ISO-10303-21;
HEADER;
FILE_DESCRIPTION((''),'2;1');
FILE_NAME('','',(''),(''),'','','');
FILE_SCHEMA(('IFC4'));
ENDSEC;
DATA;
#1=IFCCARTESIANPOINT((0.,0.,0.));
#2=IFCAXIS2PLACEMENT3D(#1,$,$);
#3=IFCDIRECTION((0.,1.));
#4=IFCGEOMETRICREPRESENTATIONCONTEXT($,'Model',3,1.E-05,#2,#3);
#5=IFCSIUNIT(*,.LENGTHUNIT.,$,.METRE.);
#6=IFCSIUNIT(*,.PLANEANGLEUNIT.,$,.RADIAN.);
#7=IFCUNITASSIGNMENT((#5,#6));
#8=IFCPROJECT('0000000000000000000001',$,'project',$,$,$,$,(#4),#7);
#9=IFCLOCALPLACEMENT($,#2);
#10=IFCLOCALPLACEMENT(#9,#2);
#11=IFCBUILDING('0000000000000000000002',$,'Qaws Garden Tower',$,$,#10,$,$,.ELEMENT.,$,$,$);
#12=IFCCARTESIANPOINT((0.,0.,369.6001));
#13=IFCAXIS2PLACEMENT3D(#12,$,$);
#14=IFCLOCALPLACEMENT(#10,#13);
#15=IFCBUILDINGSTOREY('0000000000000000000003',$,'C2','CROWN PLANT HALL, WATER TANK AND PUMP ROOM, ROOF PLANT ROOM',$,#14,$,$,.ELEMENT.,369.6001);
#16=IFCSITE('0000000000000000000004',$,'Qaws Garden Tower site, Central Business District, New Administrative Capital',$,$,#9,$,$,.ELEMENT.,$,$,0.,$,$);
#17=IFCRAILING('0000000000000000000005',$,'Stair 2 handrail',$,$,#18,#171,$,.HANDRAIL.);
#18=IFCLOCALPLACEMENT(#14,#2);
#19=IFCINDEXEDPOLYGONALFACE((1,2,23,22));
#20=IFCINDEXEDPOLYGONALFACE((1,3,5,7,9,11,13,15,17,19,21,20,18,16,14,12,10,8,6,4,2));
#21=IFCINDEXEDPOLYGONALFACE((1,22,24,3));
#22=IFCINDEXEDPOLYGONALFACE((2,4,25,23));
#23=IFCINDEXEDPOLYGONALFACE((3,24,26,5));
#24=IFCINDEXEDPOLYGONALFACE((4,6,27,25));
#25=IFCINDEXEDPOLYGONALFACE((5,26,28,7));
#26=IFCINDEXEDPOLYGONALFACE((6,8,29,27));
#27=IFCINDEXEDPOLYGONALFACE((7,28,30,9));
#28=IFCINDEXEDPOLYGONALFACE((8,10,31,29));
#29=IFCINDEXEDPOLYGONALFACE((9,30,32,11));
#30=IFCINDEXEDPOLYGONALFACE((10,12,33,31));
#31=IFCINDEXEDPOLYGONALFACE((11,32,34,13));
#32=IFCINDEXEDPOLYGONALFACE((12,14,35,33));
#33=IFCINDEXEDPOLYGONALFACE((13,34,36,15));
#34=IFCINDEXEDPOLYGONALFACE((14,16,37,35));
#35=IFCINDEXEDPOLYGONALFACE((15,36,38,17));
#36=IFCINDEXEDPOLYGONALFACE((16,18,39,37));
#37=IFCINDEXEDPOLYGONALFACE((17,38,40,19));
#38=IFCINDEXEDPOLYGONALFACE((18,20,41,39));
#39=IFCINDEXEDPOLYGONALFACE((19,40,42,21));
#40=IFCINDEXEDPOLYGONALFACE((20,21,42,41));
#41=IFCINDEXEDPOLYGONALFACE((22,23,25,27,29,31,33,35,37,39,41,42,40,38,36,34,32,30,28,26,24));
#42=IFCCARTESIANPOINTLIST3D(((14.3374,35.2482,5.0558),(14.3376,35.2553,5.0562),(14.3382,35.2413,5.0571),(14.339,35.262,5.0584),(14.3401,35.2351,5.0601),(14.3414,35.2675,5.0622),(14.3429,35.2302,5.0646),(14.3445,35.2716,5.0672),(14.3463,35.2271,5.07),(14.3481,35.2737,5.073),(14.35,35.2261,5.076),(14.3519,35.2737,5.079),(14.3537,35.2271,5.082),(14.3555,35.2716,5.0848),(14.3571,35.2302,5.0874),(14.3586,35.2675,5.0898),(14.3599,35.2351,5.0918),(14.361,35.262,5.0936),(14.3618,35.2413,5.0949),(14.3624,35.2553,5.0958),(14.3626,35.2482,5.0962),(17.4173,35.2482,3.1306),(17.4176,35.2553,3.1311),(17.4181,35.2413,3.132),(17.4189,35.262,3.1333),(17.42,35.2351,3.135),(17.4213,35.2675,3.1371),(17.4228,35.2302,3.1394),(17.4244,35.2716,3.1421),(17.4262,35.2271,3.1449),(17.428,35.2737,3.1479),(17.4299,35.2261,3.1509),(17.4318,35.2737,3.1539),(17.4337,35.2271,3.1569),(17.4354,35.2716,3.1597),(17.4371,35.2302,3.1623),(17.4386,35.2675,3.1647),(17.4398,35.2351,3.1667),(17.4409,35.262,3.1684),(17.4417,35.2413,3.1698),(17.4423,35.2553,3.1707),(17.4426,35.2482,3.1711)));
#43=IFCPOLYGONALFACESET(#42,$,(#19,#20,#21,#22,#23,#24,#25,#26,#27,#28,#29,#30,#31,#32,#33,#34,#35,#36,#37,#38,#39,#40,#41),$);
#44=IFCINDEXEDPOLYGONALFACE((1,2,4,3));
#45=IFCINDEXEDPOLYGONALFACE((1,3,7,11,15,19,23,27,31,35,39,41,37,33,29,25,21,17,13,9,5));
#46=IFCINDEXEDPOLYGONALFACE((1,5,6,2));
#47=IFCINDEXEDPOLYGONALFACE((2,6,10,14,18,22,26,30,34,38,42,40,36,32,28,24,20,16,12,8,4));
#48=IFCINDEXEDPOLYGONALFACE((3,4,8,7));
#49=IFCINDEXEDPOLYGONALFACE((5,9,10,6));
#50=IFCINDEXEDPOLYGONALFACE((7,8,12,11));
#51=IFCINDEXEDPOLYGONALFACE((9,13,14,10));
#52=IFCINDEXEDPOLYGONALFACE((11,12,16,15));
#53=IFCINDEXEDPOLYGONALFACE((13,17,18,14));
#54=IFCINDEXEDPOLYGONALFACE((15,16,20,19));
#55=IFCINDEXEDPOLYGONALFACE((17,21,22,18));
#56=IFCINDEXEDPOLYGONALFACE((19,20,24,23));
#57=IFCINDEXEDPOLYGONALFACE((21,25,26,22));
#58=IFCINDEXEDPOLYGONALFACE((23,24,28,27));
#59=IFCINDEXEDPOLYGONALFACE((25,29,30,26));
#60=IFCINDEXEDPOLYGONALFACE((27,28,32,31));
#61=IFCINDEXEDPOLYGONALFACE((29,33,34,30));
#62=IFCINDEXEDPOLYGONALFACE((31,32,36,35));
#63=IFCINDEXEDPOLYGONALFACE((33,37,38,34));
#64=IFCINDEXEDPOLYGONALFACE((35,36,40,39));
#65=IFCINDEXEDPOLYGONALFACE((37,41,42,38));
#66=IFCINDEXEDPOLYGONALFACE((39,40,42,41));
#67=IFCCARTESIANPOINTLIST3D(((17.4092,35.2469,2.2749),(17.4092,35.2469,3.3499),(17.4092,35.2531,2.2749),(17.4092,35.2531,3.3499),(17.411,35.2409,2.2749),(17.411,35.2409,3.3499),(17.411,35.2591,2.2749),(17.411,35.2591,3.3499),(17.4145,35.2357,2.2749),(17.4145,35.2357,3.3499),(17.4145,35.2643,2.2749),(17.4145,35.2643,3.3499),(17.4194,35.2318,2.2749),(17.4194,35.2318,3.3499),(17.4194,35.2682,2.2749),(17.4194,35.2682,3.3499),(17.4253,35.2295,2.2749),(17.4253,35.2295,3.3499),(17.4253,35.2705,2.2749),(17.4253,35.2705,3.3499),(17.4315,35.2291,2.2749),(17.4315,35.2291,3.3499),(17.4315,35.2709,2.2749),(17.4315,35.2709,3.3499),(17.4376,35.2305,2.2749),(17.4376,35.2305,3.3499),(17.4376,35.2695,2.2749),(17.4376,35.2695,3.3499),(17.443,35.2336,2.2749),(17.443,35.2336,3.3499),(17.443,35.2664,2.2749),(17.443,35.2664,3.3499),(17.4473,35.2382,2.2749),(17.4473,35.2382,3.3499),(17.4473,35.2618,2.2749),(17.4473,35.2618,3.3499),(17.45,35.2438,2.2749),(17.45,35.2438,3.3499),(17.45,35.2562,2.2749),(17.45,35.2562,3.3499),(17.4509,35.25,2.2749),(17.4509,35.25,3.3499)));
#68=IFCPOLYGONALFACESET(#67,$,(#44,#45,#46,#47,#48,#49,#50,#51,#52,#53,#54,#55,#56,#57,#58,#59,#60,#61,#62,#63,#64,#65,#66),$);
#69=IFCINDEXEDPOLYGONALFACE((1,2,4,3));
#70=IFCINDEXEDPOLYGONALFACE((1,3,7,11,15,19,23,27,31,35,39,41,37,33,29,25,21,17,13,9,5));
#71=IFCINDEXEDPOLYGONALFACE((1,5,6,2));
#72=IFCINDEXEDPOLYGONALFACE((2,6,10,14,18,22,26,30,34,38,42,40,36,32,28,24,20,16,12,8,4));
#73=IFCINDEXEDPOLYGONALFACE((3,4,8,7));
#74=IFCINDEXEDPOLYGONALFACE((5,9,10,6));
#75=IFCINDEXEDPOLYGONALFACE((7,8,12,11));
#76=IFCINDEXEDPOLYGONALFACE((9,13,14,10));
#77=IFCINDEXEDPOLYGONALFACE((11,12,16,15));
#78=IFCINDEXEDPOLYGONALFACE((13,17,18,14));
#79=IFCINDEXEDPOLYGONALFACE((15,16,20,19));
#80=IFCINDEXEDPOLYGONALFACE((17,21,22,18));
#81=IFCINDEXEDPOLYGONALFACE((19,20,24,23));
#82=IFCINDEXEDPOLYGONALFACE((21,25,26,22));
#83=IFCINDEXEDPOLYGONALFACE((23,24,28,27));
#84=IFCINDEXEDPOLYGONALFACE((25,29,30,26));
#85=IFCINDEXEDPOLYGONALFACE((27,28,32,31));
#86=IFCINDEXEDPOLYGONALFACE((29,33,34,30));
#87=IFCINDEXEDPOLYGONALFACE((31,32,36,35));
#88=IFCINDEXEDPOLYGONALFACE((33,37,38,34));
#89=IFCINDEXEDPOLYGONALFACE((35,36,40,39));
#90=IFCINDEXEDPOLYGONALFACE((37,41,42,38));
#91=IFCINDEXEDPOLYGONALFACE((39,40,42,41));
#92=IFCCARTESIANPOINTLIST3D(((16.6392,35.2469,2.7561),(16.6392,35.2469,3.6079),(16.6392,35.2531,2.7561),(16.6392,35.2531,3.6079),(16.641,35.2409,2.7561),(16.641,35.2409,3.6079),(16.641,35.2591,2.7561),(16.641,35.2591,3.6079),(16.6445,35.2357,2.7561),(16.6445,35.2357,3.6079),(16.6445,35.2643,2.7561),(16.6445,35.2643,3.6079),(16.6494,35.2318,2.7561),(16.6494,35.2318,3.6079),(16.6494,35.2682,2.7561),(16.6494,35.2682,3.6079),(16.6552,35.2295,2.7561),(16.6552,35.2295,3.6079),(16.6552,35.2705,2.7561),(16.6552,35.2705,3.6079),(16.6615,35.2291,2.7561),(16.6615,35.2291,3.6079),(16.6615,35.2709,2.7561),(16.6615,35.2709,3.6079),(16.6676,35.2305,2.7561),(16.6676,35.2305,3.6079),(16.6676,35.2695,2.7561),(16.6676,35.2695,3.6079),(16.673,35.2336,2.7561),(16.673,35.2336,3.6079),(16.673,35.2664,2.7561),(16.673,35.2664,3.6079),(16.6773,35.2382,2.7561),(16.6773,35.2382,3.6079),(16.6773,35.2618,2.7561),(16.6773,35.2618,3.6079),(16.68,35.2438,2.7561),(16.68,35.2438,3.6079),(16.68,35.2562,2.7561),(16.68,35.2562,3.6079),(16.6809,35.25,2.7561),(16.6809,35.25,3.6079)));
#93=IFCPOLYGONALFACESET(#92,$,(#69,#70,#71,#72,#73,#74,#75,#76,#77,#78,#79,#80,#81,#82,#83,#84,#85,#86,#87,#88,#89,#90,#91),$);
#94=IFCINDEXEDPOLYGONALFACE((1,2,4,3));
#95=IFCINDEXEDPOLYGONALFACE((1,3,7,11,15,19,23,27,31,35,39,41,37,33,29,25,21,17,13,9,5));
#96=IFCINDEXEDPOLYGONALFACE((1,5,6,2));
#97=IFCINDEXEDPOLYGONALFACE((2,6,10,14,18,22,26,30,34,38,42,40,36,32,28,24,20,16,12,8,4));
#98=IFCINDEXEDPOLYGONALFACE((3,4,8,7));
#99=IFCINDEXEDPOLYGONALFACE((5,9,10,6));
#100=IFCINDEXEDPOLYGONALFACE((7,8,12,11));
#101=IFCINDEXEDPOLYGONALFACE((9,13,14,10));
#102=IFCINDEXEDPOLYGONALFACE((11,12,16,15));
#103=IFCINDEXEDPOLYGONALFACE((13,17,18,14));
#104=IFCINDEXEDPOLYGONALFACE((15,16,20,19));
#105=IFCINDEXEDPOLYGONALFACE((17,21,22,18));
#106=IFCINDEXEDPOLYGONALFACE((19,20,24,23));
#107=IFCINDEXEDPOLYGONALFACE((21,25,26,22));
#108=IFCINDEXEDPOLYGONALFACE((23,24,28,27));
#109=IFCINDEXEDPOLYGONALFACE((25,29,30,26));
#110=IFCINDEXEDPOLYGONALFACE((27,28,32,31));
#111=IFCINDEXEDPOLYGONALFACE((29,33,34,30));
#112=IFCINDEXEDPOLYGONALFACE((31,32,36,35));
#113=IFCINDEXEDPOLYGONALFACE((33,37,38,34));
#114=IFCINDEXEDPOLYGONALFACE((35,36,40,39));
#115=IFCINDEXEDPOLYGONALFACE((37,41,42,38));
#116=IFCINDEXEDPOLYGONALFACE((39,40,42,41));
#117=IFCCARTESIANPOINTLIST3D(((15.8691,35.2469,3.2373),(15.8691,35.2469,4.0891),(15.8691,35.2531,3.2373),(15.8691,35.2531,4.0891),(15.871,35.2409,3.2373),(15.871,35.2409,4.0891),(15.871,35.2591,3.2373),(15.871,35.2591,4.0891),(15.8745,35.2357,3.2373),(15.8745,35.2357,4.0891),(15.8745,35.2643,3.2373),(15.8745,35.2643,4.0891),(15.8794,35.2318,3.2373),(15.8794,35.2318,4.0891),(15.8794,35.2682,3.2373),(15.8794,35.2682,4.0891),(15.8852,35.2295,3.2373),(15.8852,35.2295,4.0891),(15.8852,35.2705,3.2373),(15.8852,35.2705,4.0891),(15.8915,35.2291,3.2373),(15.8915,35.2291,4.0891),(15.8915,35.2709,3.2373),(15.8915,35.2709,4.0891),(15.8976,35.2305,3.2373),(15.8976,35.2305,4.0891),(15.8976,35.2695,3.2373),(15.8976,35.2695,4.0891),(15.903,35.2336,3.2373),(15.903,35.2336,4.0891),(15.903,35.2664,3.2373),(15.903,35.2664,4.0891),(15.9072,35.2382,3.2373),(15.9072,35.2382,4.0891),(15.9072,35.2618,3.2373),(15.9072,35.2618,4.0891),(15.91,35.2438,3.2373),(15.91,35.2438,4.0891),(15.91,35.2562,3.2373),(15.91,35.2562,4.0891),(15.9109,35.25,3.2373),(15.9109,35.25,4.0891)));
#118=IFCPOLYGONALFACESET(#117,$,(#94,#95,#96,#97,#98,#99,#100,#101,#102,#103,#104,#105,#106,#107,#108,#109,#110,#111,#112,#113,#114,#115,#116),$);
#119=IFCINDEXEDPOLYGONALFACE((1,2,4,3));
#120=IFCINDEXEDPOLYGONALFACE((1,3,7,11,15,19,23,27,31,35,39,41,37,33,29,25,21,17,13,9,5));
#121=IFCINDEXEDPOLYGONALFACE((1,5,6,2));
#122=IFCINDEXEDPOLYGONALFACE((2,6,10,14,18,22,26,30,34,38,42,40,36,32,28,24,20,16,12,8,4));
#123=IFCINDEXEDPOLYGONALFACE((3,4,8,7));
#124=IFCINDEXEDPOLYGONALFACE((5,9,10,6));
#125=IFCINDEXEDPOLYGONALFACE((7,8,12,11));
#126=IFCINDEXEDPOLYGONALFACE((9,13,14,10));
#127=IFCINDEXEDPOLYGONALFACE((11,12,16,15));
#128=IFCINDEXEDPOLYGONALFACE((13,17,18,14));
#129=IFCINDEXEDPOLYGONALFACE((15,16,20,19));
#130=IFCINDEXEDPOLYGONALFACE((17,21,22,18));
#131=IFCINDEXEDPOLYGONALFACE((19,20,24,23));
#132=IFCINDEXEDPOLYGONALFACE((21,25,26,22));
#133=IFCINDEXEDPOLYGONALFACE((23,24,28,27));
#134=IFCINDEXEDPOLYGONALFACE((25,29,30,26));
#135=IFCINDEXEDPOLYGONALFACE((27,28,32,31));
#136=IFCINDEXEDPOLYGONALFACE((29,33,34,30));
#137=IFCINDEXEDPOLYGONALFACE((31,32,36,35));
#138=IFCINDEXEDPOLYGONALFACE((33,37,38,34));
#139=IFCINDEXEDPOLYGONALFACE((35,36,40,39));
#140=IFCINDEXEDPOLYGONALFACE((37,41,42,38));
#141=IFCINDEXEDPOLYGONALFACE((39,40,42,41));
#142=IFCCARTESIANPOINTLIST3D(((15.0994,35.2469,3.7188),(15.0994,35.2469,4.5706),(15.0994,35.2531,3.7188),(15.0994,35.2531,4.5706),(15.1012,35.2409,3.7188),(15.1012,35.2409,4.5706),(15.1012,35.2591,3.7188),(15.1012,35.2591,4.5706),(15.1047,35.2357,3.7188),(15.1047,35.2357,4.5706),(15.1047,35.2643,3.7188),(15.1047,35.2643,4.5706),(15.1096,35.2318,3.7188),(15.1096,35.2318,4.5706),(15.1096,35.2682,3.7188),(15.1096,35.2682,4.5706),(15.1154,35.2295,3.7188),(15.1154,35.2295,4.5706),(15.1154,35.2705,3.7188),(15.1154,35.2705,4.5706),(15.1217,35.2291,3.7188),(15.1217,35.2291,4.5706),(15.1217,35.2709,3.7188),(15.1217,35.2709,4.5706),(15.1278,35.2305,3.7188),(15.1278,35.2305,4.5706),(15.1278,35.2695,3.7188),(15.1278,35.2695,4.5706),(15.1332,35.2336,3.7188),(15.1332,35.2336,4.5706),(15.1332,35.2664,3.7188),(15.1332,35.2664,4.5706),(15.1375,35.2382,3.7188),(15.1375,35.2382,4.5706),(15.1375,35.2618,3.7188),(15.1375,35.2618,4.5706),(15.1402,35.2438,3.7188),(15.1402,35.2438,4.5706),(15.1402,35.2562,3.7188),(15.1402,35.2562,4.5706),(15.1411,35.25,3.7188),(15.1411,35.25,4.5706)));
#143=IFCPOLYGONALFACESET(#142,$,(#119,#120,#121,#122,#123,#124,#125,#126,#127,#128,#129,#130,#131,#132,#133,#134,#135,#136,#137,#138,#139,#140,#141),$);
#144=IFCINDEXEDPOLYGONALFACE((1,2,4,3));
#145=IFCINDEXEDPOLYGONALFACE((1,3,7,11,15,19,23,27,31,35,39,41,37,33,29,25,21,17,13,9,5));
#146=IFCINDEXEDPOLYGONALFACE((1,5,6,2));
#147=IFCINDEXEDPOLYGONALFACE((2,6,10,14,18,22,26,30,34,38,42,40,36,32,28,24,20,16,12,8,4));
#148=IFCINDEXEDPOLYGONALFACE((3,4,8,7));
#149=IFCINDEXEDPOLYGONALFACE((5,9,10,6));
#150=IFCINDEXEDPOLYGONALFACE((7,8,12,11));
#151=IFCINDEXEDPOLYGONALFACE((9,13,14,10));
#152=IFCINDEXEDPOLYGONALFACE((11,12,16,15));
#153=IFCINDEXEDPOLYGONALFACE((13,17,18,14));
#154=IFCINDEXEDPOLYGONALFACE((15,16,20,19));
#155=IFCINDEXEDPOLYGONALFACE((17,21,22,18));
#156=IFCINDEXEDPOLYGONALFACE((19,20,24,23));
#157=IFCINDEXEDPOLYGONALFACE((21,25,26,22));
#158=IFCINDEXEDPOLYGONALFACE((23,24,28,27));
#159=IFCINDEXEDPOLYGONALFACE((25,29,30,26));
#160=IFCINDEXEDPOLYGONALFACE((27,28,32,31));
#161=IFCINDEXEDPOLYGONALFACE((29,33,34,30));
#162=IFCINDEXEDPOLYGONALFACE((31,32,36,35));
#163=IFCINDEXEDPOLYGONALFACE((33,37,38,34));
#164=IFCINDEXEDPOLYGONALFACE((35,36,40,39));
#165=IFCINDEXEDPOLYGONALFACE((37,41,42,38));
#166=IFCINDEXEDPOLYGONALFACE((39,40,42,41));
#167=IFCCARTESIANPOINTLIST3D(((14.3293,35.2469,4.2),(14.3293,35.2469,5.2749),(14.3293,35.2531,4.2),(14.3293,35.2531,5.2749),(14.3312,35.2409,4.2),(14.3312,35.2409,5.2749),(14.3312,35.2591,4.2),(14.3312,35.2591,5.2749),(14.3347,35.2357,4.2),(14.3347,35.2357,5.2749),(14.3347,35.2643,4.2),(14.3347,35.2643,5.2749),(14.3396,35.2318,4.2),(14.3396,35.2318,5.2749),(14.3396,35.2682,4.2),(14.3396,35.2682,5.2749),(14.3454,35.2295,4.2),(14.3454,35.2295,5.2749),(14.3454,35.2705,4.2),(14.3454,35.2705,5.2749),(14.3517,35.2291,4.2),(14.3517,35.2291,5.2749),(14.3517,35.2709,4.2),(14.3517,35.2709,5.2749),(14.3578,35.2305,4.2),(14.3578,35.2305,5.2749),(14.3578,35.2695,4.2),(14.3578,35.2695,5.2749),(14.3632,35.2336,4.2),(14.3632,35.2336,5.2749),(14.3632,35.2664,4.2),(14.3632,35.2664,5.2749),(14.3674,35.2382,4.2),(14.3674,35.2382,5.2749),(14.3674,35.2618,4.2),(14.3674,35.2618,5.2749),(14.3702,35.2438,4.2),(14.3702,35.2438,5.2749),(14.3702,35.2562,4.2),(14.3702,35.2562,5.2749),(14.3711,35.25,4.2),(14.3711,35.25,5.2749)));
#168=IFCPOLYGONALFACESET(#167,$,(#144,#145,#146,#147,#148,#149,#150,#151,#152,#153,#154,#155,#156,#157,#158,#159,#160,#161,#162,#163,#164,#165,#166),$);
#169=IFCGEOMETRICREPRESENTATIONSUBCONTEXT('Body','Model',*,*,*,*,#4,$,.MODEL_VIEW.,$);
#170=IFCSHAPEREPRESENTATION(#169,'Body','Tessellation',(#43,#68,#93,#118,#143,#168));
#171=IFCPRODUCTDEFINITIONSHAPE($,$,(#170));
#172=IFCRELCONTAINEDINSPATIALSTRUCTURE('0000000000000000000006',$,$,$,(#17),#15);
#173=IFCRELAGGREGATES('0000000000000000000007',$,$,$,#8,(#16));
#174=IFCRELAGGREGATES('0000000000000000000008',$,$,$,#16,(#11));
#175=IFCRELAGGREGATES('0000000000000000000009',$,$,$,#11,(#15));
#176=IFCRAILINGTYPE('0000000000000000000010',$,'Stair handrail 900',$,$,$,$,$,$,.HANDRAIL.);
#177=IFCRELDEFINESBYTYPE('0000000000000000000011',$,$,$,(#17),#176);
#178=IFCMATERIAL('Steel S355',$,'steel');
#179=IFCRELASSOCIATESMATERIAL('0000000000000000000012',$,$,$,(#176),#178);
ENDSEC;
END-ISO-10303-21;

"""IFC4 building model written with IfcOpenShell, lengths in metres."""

from ifc_helpers import new_model, si_unit, direction, frame, origin, origin_2d, place, context, subcontext, project, spatial, circle, extrude, material, type_object, element, save


model = new_model("IFC4")

# Units and contexts
model_context = context("Model", 3, precision=1e-05, world=origin(), true_north=direction((0.0, 1.0)))
body_context = subcontext(model_context, "Body", "Model", "MODEL_VIEW")
ifc_project = project(units=[si_unit("LENGTHUNIT", "METRE"), si_unit("PLANEANGLEUNIT", "RADIAN")], contexts=[model_context])

# Site, building, storey
site_placement = place(None, origin())
site = spatial("IfcSite", under=ifc_project, at=site_placement, Name="Qaws Garden Tower site, Central Business District, New Administrative Capital", CompositionType="ELEMENT", RefElevation=0.0)
building_placement = place(site_placement, origin())
building = spatial("IfcBuilding", under=site, at=building_placement, Name="Qaws Garden Tower", CompositionType="ELEMENT")
storey_placement = place(building_placement, frame((0.0, 0.0, 369.6001)))
storey = spatial("IfcBuildingStorey", under=building, at=storey_placement, Name="C2", Description="CROWN PLANT HALL, WATER TANK AND PUMP ROOM, ROOF PLANT ROOM", CompositionType="ELEMENT", Elevation=369.6001)

# Railing
ifc_material_1 = material(Name="Steel S355", Category="steel")
railing_type = type_object("IfcRailingType", Name="Stair handrail 900", PredefinedType="HANDRAIL", material=ifc_material_1)
railing_1_placement = place(storey_placement, frame((17.4299, 35.25, 2.2749)))
element("IfcRailing", 1, at=railing_1_placement, inside=storey, type_object=railing_type, Name="Stair 2 handrail", PredefinedType="HANDRAIL", context=body_context, shape_type="SweptSolid", body=[
    extrude(circle(Radius=0.0239, at=origin_2d()), frame((0.0, 0.0, 0.876), z_axis=(-0.847979, 0.0, 0.530029), x_axis=(0.0, -1.0, 0.0)), (0.0, 0.0, 1.0), 3.6321),
    extrude(circle(Radius=0.021, at=origin_2d()), origin(), (0.0, 0.0, 1.0), 1.075),
    extrude(circle(Radius=0.021, at=origin_2d()), frame((-0.77, 0.0, 0.4812)), (0.0, 0.0, 1.0), 0.8518),
    extrude(circle(Radius=0.021, at=origin_2d()), frame((-1.54, 0.0, 0.9624)), (0.0, 0.0, 1.0), 0.8518),
    extrude(circle(Radius=0.021, at=origin_2d()), frame((-2.3098, 0.0, 1.4438)), (0.0, 0.0, 1.0), 0.8518),
    extrude(circle(Radius=0.021, at=origin_2d()), frame((-3.0798, 0.0, 1.925)), (0.0, 0.0, 1.0), 1.075),
])

save(model, "model.ifc")
